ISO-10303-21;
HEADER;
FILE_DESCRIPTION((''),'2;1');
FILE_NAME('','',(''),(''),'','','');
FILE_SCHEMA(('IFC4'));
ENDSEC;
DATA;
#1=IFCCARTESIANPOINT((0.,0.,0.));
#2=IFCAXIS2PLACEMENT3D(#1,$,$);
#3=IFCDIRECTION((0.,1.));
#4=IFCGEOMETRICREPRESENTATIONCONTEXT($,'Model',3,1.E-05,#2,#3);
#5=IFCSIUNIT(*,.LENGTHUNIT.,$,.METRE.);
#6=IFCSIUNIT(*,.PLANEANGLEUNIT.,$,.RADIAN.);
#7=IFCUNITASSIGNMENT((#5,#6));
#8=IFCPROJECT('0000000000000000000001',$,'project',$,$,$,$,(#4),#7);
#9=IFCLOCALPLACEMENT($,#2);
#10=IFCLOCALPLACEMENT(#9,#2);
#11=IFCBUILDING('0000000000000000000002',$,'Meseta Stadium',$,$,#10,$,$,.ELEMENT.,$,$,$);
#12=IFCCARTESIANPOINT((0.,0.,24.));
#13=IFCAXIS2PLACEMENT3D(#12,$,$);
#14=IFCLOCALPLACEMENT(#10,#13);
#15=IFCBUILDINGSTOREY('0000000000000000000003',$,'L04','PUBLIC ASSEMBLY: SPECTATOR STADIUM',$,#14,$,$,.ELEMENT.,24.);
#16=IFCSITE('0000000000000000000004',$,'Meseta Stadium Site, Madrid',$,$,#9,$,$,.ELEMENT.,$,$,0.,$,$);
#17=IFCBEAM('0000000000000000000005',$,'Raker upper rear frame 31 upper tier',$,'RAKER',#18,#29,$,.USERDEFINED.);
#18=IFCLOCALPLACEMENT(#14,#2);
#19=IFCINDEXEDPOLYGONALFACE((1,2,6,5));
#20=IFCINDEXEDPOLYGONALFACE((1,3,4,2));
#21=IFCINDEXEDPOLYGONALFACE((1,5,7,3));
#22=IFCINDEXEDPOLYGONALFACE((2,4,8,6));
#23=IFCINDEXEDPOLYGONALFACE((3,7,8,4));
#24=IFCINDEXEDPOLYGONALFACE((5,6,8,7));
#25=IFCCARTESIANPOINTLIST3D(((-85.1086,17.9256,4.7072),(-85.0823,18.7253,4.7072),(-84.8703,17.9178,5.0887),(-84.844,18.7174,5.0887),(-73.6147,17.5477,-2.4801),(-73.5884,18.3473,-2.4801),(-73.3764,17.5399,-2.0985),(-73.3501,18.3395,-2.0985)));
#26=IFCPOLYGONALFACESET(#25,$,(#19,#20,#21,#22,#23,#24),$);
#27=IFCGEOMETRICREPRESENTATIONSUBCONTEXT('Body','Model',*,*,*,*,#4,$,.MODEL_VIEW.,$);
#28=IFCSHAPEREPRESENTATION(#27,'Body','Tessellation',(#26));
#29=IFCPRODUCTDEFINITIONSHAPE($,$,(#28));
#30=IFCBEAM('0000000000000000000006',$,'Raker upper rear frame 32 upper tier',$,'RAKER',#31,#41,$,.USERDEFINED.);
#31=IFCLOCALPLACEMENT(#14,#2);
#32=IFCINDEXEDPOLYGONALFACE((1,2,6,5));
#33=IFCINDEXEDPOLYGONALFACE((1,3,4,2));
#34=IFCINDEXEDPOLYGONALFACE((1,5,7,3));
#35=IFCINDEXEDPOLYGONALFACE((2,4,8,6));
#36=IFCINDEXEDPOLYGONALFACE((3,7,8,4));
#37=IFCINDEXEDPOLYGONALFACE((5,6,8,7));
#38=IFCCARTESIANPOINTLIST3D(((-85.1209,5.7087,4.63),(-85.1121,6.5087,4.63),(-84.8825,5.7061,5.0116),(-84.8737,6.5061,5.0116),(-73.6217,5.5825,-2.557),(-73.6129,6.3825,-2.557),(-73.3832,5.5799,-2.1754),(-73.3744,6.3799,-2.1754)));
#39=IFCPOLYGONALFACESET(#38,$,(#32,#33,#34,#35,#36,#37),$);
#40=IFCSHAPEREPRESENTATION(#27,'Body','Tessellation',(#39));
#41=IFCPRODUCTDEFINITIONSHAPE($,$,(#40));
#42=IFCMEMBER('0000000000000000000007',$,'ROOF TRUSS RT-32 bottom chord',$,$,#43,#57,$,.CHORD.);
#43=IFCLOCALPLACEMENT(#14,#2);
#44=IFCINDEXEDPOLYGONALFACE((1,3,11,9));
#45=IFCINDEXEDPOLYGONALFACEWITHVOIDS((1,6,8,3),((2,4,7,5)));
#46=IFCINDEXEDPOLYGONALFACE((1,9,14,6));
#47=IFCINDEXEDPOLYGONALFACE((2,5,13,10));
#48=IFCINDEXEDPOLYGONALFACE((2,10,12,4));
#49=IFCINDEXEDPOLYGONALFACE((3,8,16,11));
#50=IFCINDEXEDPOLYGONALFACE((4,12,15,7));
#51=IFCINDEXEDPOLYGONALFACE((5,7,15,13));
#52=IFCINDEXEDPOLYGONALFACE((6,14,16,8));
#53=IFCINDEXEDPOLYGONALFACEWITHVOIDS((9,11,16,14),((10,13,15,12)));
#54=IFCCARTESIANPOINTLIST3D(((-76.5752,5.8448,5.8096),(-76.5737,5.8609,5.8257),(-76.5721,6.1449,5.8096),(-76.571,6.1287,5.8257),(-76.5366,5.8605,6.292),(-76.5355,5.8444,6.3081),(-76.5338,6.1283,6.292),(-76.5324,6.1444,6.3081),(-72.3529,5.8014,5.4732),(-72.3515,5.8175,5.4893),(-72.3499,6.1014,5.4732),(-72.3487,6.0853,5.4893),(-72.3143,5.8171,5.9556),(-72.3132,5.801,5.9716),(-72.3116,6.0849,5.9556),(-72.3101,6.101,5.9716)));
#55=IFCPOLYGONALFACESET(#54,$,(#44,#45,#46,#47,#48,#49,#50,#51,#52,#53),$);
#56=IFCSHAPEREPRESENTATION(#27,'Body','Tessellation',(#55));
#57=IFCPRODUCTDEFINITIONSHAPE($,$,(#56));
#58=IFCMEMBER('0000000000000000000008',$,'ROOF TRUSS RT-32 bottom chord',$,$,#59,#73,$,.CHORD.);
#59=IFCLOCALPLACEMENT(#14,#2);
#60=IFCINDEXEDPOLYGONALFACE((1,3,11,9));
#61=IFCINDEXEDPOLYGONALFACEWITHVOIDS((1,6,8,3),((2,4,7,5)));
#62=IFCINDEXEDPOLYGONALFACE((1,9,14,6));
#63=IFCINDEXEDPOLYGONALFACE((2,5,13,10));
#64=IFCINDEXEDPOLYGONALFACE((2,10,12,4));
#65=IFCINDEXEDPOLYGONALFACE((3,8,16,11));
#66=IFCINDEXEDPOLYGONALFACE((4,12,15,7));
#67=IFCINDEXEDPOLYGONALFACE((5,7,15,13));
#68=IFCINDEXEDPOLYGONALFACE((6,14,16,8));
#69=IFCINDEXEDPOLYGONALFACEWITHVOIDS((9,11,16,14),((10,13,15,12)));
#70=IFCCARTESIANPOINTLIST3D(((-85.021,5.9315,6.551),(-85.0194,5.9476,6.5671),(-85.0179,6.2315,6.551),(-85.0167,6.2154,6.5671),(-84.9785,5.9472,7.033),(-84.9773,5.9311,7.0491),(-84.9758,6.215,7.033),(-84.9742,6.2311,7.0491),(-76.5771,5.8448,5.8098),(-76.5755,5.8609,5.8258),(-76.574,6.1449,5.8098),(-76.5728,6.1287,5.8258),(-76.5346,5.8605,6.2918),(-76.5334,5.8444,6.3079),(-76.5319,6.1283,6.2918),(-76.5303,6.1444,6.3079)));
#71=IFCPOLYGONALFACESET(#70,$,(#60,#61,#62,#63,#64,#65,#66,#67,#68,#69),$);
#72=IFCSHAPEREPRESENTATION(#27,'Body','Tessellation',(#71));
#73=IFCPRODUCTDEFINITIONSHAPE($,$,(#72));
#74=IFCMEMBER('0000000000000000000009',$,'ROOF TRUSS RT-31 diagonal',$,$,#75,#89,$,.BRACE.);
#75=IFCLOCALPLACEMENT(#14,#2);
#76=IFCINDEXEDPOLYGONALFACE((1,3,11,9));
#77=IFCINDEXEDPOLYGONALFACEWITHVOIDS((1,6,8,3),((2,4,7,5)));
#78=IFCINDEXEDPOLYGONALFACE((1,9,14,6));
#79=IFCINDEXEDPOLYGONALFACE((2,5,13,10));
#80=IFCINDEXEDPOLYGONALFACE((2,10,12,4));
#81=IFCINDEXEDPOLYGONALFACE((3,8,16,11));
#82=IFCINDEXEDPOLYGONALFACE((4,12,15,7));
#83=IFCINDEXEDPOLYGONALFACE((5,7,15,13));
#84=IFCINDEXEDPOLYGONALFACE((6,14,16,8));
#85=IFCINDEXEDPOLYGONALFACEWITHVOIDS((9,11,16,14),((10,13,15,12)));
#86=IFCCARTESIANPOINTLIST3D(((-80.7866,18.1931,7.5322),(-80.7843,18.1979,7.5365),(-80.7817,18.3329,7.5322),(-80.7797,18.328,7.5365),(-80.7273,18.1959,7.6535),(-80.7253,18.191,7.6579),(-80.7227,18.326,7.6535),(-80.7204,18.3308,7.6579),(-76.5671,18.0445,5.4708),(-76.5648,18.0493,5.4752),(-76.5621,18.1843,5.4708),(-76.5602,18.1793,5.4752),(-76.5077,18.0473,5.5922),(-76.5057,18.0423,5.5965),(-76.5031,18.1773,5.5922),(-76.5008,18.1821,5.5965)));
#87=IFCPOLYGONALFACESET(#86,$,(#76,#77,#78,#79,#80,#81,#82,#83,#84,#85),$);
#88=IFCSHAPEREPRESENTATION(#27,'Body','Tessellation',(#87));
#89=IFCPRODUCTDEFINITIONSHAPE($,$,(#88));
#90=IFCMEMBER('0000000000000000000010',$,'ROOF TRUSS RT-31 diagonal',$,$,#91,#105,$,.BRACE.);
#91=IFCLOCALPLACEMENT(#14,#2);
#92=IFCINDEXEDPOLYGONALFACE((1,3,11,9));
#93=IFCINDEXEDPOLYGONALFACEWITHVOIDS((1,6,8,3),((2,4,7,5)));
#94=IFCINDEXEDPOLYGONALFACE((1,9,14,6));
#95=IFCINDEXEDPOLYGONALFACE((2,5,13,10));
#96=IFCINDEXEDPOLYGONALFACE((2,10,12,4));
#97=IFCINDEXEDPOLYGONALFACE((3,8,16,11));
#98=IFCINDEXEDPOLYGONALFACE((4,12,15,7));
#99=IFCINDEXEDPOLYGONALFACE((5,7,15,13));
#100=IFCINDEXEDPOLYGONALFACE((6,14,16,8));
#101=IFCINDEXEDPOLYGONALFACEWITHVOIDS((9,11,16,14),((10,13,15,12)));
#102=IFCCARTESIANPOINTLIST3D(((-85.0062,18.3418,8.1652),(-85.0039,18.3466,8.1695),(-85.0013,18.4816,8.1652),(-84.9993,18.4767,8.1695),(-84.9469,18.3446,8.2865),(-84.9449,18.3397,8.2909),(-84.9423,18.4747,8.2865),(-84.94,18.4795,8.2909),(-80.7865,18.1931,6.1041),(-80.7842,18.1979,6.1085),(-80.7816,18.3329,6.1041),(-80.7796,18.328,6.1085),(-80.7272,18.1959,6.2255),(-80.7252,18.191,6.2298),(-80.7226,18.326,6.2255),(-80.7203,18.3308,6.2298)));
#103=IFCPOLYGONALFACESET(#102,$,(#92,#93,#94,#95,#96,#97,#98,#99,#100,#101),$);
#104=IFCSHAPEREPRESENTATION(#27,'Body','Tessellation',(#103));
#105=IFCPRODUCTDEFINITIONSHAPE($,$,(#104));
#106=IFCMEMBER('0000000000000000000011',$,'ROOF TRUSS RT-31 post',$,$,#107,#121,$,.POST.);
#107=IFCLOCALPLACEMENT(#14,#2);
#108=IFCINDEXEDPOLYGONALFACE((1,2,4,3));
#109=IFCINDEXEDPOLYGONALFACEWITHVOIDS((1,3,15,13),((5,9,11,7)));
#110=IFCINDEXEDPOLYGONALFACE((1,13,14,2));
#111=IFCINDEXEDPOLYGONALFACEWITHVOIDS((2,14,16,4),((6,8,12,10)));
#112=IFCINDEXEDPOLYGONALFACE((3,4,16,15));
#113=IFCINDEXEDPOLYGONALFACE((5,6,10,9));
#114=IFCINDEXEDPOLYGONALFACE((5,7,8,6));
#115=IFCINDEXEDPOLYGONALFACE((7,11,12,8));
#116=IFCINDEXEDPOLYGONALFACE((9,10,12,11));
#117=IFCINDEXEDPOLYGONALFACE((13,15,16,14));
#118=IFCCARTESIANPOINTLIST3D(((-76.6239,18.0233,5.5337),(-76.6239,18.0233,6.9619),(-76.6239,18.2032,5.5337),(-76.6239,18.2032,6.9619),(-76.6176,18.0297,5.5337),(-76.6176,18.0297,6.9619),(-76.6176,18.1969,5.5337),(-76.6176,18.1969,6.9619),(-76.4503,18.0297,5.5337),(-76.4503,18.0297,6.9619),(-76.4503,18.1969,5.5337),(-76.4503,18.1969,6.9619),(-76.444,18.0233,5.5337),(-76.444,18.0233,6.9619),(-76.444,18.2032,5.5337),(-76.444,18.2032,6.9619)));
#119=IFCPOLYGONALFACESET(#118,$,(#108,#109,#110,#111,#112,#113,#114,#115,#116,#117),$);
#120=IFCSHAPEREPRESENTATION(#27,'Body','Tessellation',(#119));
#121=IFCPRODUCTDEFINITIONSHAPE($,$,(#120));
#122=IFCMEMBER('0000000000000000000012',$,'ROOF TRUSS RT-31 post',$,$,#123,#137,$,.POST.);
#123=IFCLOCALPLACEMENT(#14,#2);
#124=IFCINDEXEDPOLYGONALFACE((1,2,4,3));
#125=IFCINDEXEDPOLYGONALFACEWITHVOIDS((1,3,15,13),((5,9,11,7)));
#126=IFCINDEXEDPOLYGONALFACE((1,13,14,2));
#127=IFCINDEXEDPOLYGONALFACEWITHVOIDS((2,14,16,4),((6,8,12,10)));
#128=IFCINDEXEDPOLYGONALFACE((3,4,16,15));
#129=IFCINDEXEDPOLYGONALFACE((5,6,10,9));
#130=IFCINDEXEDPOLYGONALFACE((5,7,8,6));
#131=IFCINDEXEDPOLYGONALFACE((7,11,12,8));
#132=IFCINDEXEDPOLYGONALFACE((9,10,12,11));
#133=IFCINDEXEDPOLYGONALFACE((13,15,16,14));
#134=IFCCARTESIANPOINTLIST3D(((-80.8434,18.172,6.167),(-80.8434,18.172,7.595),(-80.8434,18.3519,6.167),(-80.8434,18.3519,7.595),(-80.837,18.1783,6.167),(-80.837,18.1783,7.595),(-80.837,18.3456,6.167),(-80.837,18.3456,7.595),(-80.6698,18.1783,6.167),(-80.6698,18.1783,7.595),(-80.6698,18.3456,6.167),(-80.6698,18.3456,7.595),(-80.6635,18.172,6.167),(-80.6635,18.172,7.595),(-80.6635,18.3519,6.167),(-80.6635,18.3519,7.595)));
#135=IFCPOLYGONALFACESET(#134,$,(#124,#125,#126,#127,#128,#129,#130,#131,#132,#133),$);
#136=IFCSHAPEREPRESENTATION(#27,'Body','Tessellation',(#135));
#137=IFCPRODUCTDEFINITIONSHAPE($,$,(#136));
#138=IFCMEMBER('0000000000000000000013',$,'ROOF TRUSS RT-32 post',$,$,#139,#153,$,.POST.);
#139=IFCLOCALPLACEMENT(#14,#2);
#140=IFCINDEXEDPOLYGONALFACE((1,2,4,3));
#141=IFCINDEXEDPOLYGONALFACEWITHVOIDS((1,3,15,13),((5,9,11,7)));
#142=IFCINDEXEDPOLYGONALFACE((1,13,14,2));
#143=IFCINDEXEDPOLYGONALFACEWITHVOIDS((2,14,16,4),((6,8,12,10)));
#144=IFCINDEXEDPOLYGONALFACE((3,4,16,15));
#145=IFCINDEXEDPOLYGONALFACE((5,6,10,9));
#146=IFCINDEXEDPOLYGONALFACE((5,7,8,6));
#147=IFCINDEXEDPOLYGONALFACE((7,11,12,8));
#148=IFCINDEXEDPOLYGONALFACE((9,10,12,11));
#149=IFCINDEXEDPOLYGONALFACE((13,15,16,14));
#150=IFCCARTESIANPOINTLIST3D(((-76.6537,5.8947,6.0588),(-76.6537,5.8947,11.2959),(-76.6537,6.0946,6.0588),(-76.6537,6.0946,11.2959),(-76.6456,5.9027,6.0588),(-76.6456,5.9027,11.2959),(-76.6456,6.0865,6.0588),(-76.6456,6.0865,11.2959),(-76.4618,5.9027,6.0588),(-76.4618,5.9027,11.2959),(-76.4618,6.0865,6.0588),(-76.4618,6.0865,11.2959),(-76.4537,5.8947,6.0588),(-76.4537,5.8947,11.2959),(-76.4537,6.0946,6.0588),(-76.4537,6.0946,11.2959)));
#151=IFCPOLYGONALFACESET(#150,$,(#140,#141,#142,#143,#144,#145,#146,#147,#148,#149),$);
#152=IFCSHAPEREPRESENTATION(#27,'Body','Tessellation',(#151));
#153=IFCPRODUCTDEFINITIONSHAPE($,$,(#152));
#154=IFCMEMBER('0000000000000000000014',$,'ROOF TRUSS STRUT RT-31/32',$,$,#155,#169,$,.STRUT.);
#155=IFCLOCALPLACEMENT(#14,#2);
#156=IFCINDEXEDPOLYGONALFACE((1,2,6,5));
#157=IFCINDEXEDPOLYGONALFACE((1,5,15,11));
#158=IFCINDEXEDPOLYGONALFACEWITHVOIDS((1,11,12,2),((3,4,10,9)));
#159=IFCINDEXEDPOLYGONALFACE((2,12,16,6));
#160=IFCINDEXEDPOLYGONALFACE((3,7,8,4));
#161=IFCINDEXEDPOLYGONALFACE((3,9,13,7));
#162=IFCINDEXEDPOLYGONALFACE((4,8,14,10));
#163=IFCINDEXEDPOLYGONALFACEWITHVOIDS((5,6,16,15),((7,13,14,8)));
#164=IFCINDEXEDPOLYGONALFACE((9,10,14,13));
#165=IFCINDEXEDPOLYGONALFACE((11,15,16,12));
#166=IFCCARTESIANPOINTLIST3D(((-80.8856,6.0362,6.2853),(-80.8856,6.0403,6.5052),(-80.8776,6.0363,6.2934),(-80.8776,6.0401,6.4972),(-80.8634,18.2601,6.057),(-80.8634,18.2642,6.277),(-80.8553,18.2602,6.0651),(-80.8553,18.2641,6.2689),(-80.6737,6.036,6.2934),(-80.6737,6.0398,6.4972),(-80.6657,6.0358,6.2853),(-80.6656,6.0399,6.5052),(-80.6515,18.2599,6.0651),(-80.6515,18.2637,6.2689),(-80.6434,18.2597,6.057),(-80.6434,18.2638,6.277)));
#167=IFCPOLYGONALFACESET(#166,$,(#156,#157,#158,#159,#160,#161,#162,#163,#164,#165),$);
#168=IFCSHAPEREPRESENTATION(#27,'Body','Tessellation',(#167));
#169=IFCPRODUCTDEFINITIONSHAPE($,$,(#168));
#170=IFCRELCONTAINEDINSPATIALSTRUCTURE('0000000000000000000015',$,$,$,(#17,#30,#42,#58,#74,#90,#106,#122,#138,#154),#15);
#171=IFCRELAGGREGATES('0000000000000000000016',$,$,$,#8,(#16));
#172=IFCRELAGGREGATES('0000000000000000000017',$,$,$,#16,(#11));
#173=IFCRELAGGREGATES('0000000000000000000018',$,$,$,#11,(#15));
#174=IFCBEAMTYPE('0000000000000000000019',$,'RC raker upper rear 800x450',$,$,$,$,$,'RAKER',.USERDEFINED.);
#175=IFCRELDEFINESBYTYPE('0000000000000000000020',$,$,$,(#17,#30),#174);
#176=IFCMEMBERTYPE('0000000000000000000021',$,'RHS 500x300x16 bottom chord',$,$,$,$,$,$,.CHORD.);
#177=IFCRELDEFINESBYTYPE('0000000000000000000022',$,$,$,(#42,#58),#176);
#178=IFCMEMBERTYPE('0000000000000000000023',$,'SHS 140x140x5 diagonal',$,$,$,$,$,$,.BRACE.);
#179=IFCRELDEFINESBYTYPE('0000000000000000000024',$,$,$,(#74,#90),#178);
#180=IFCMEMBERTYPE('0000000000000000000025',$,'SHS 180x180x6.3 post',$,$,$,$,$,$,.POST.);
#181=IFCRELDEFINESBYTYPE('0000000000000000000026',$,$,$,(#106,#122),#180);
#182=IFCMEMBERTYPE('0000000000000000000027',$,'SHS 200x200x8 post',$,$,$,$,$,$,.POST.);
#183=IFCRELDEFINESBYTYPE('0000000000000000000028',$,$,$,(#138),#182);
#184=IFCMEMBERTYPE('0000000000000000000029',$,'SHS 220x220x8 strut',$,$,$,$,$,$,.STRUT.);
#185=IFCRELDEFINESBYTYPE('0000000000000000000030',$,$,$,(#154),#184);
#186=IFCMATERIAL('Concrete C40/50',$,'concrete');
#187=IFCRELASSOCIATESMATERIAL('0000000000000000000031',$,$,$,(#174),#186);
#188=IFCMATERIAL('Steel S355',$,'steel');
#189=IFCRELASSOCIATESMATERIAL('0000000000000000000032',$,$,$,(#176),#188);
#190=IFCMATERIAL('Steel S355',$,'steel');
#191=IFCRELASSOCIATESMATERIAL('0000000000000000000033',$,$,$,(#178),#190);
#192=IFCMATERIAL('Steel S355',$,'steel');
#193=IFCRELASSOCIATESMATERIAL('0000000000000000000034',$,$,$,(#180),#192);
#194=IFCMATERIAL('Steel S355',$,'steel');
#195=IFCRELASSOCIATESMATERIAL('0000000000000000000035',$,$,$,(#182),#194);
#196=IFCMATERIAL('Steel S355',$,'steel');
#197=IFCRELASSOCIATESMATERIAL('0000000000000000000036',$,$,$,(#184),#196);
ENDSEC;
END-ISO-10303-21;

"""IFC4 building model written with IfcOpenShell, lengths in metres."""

from ifc_helpers import new_model, si_unit, direction, frame, origin, origin_2d, place, context, subcontext, project, spatial, rectangle, hollow_rectangle, extrude, material, material_profile, profile_set, type_object, element, save


model = new_model("IFC4")

# Units and contexts
model_context = context("Model", 3, precision=1e-05, world=origin(), true_north=direction((0.0, 1.0)))
body_context = subcontext(model_context, "Body", "Model", "MODEL_VIEW")
ifc_project = project(units=[si_unit("LENGTHUNIT", "METRE"), si_unit("PLANEANGLEUNIT", "RADIAN")], contexts=[model_context])

# Site, building, storey
site_placement = place(None, origin())
site = spatial("IfcSite", under=ifc_project, at=site_placement, Name="Meseta Stadium Site, Madrid", CompositionType="ELEMENT", RefElevation=0.0)
building_placement = place(site_placement, origin())
building = spatial("IfcBuilding", under=site, at=building_placement, Name="Meseta Stadium", CompositionType="ELEMENT")
storey_placement = place(building_placement, frame((0.0, 0.0, 24.0)))
storey = spatial("IfcBuildingStorey", under=building, at=storey_placement, Name="L04", Description="PUBLIC ASSEMBLY: SPECTATOR STADIUM", CompositionType="ELEMENT", Elevation=24.0)

# Beams
ifc_material_1 = material(Name="Concrete C40/50", Category="concrete")
ifc_material_profile_1 = material_profile(ifc_material_1, rectangle(XDim=0.8, YDim=0.45, at=origin_2d()), Name="RC 800x450")
ifc_profile_set_1 = profile_set([ifc_material_profile_1], Name="Concrete C40/50")
beam_type = type_object("IfcBeamType", Name="RC raker upper rear 800x450", ElementType="RAKER", PredefinedType="USERDEFINED", material=ifc_profile_set_1)
beam_1_placement = place(storey_placement, frame((-73.4824, 17.9436, -2.2893), z_axis=(-0.847551, 0.027868, 0.529982), x_axis=(-0.032863, -0.99946, 0.0)))
element("IfcBeam", 1, at=beam_1_placement, inside=storey, type_object=beam_type, Name="Raker upper rear frame 31 upper tier", ObjectType="RAKER", PredefinedType="USERDEFINED", context=body_context, shape_type="SweptSolid", body=[
    extrude(rectangle(XDim=0.8, YDim=0.45, at=origin_2d()), origin(), (0.0, 0.0, 1.0), 13.5613),
])
beam_2_placement = place(storey_placement, frame((-73.498, 5.9812, -2.3662), z_axis=(-0.847963, 0.009308, 0.529974), x_axis=(-0.010976, -0.99994, 0.0)))
element("IfcBeam", 2, at=beam_2_placement, inside=storey, type_object=beam_type, Name="Raker upper rear frame 32 upper tier", ObjectType="RAKER", PredefinedType="USERDEFINED", context=body_context, shape_type="SweptSolid", body=[
    extrude(rectangle(XDim=0.8, YDim=0.45, at=origin_2d()), origin(), (0.0, 0.0, 1.0), 13.561),
])

# Members
ifc_material_2 = material(Name="Steel S355", Category="steel")
ifc_material_profile_2 = material_profile(ifc_material_2, hollow_rectangle(XDim=0.3, YDim=0.5, WallThickness=0.0161, at=origin_2d()), Name="RHS 500x300x16")
ifc_profile_set_2 = profile_set([ifc_material_profile_2], Name="Steel S355")
member_type_1 = type_object("IfcMemberType", Name="RHS 500x300x16 bottom chord", PredefinedType="CHORD", material=ifc_profile_set_2)
member_1_placement = place(storey_placement, frame((-72.3315, 5.9512, 5.7224), z_axis=(-0.996788, 0.01026, 0.079425), x_axis=(-0.010292, -0.999947, 0.0)))
element("IfcMember", 3, at=member_1_placement, inside=storey, type_object=member_type_1, Name="ROOF TRUSS RT-32 bottom chord", PredefinedType="CHORD", context=body_context, shape_type="SweptSolid", body=[
    extrude(hollow_rectangle(XDim=0.3, YDim=0.5, WallThickness=0.0161, at=origin_2d()), origin(), (0.0, 0.0, 1.0), 4.2358),
])
member_2_placement = place(storey_placement, frame((-76.5537, 5.9946, 6.0588), z_axis=(-0.996117, 0.010224, 0.08744), x_axis=(-0.010264, -0.999947, 0.0)))
element("IfcMember", 4, at=member_2_placement, inside=storey, type_object=member_type_1, Name="ROOF TRUSS RT-32 bottom chord", PredefinedType="CHORD", context=body_context, shape_type="SweptSolid", body=[
    extrude(hollow_rectangle(XDim=0.3, YDim=0.5, WallThickness=0.0161, at=origin_2d()), origin(), (0.0, 0.0, 1.0), 8.4768),
])
ifc_material_3 = material(Name="Steel S355", Category="steel")
ifc_material_profile_3 = material_profile(ifc_material_3, hollow_rectangle(XDim=0.1399, YDim=0.1399, WallThickness=0.0049, at=origin_2d()), Name="SHS 140x140x5")
ifc_profile_set_3 = profile_set([ifc_material_profile_3], Name="Steel S355")
member_type_2 = type_object("IfcMemberType", Name="SHS 140x140x5 diagonal", PredefinedType="BRACE", material=ifc_profile_set_3)
for number, where, z_axis, x_axis, name in (
    (5, (-76.5339, 18.1133, 5.5337), (-0.898067, 0.031645, 0.438719), (-0.035215, -0.99938, 0.0), "ROOF TRUSS RT-31 diagonal"),
    (6, (-80.7534, 18.262, 6.167), (-0.898097, 0.031644, 0.438657), (-0.035213, -0.99938, 0.0), "ROOF TRUSS RT-31 diagonal"),
):
    element("IfcMember", number, at=place(storey_placement, frame(where, z_axis=z_axis, x_axis=x_axis)), inside=storey, type_object=member_type_2, Name=name, PredefinedType="BRACE", context=body_context, shape_type="SweptSolid", body=[
        extrude(hollow_rectangle(XDim=0.1399, YDim=0.1399, WallThickness=0.0049, at=origin_2d()), origin(), (0.0, 0.0, 1.0), 4.6985),
    ])
ifc_material_4 = material(Name="Steel S355", Category="steel")
ifc_material_profile_4 = material_profile(ifc_material_4, hollow_rectangle(XDim=0.1799, YDim=0.1799, WallThickness=0.0063, at=origin_2d()), Name="SHS 180x180x6.3")
ifc_profile_set_4 = profile_set([ifc_material_profile_4], Name="Steel S355")
member_type_3 = type_object("IfcMemberType", Name="SHS 180x180x6.3 post", PredefinedType="POST", material=ifc_profile_set_4)
member_3_placement = place(storey_placement, frame((-76.5339, 18.1133, 5.5337), z_axis=(0.0, 0.0, 1.0), x_axis=(1.0, 0.0, 0.0)))
element("IfcMember", 7, at=member_3_placement, inside=storey, type_object=member_type_3, Name="ROOF TRUSS RT-31 post", PredefinedType="POST", context=body_context, shape_type="SweptSolid", body=[
    extrude(hollow_rectangle(XDim=0.1799, YDim=0.1799, WallThickness=0.0063, at=origin_2d()), origin(), (0.0, 0.0, 1.0), 1.4282),
])
member_4_placement = place(storey_placement, frame((-80.7534, 18.262, 6.167), z_axis=(0.0, 0.0, 1.0), x_axis=(1.0, 0.0, 0.0)))
element("IfcMember", 8, at=member_4_placement, inside=storey, type_object=member_type_3, Name="ROOF TRUSS RT-31 post", PredefinedType="POST", context=body_context, shape_type="SweptSolid", body=[
    extrude(hollow_rectangle(XDim=0.1799, YDim=0.1799, WallThickness=0.0063, at=origin_2d()), origin(), (0.0, 0.0, 1.0), 1.428),
])
ifc_material_5 = material(Name="Steel S355", Category="steel")
ifc_material_profile_5 = material_profile(ifc_material_5, hollow_rectangle(XDim=0.2, YDim=0.2, WallThickness=0.0081, at=origin_2d()), Name="SHS 200x200x8")
ifc_profile_set_5 = profile_set([ifc_material_profile_5], Name="Steel S355")
member_type_4 = type_object("IfcMemberType", Name="SHS 200x200x8 post", PredefinedType="POST", material=ifc_profile_set_5)
member_5_placement = place(storey_placement, frame((-76.5537, 5.9946, 6.0588), z_axis=(0.0, 0.0, 1.0), x_axis=(1.0, 0.0, 0.0)))
element("IfcMember", 9, at=member_5_placement, inside=storey, type_object=member_type_4, Name="ROOF TRUSS RT-32 post", PredefinedType="POST", context=body_context, shape_type="SweptSolid", body=[
    extrude(hollow_rectangle(XDim=0.2, YDim=0.2, WallThickness=0.0081, at=origin_2d()), origin(), (0.0, 0.0, 1.0), 5.2371),
])
ifc_material_6 = material(Name="Steel S355", Category="steel")
ifc_material_profile_6 = material_profile(ifc_material_6, hollow_rectangle(XDim=0.22, YDim=0.22, WallThickness=0.0081, at=origin_2d()), Name="SHS 220x220x8")
ifc_profile_set_6 = profile_set([ifc_material_profile_6], Name="Steel S355")
member_type_5 = type_object("IfcMemberType", Name="SHS 220x220x8 strut", PredefinedType="STRUT", material=ifc_profile_set_6)
member_6_placement = place(storey_placement, frame((-80.7534, 18.262, 6.167), z_axis=(-0.001817, -0.999824, 0.018671), x_axis=(0.999998, -0.001817, 0.0)))
element("IfcMember", 10, at=member_6_placement, inside=storey, type_object=member_type_5, Name="ROOF TRUSS STRUT RT-31/32", PredefinedType="STRUT", context=body_context, shape_type="SweptSolid", body=[
    extrude(hollow_rectangle(XDim=0.22, YDim=0.22, WallThickness=0.0081, at=origin_2d()), origin(), (0.0, 0.0, 1.0), 12.2261),
])

save(model, "model.ifc")
